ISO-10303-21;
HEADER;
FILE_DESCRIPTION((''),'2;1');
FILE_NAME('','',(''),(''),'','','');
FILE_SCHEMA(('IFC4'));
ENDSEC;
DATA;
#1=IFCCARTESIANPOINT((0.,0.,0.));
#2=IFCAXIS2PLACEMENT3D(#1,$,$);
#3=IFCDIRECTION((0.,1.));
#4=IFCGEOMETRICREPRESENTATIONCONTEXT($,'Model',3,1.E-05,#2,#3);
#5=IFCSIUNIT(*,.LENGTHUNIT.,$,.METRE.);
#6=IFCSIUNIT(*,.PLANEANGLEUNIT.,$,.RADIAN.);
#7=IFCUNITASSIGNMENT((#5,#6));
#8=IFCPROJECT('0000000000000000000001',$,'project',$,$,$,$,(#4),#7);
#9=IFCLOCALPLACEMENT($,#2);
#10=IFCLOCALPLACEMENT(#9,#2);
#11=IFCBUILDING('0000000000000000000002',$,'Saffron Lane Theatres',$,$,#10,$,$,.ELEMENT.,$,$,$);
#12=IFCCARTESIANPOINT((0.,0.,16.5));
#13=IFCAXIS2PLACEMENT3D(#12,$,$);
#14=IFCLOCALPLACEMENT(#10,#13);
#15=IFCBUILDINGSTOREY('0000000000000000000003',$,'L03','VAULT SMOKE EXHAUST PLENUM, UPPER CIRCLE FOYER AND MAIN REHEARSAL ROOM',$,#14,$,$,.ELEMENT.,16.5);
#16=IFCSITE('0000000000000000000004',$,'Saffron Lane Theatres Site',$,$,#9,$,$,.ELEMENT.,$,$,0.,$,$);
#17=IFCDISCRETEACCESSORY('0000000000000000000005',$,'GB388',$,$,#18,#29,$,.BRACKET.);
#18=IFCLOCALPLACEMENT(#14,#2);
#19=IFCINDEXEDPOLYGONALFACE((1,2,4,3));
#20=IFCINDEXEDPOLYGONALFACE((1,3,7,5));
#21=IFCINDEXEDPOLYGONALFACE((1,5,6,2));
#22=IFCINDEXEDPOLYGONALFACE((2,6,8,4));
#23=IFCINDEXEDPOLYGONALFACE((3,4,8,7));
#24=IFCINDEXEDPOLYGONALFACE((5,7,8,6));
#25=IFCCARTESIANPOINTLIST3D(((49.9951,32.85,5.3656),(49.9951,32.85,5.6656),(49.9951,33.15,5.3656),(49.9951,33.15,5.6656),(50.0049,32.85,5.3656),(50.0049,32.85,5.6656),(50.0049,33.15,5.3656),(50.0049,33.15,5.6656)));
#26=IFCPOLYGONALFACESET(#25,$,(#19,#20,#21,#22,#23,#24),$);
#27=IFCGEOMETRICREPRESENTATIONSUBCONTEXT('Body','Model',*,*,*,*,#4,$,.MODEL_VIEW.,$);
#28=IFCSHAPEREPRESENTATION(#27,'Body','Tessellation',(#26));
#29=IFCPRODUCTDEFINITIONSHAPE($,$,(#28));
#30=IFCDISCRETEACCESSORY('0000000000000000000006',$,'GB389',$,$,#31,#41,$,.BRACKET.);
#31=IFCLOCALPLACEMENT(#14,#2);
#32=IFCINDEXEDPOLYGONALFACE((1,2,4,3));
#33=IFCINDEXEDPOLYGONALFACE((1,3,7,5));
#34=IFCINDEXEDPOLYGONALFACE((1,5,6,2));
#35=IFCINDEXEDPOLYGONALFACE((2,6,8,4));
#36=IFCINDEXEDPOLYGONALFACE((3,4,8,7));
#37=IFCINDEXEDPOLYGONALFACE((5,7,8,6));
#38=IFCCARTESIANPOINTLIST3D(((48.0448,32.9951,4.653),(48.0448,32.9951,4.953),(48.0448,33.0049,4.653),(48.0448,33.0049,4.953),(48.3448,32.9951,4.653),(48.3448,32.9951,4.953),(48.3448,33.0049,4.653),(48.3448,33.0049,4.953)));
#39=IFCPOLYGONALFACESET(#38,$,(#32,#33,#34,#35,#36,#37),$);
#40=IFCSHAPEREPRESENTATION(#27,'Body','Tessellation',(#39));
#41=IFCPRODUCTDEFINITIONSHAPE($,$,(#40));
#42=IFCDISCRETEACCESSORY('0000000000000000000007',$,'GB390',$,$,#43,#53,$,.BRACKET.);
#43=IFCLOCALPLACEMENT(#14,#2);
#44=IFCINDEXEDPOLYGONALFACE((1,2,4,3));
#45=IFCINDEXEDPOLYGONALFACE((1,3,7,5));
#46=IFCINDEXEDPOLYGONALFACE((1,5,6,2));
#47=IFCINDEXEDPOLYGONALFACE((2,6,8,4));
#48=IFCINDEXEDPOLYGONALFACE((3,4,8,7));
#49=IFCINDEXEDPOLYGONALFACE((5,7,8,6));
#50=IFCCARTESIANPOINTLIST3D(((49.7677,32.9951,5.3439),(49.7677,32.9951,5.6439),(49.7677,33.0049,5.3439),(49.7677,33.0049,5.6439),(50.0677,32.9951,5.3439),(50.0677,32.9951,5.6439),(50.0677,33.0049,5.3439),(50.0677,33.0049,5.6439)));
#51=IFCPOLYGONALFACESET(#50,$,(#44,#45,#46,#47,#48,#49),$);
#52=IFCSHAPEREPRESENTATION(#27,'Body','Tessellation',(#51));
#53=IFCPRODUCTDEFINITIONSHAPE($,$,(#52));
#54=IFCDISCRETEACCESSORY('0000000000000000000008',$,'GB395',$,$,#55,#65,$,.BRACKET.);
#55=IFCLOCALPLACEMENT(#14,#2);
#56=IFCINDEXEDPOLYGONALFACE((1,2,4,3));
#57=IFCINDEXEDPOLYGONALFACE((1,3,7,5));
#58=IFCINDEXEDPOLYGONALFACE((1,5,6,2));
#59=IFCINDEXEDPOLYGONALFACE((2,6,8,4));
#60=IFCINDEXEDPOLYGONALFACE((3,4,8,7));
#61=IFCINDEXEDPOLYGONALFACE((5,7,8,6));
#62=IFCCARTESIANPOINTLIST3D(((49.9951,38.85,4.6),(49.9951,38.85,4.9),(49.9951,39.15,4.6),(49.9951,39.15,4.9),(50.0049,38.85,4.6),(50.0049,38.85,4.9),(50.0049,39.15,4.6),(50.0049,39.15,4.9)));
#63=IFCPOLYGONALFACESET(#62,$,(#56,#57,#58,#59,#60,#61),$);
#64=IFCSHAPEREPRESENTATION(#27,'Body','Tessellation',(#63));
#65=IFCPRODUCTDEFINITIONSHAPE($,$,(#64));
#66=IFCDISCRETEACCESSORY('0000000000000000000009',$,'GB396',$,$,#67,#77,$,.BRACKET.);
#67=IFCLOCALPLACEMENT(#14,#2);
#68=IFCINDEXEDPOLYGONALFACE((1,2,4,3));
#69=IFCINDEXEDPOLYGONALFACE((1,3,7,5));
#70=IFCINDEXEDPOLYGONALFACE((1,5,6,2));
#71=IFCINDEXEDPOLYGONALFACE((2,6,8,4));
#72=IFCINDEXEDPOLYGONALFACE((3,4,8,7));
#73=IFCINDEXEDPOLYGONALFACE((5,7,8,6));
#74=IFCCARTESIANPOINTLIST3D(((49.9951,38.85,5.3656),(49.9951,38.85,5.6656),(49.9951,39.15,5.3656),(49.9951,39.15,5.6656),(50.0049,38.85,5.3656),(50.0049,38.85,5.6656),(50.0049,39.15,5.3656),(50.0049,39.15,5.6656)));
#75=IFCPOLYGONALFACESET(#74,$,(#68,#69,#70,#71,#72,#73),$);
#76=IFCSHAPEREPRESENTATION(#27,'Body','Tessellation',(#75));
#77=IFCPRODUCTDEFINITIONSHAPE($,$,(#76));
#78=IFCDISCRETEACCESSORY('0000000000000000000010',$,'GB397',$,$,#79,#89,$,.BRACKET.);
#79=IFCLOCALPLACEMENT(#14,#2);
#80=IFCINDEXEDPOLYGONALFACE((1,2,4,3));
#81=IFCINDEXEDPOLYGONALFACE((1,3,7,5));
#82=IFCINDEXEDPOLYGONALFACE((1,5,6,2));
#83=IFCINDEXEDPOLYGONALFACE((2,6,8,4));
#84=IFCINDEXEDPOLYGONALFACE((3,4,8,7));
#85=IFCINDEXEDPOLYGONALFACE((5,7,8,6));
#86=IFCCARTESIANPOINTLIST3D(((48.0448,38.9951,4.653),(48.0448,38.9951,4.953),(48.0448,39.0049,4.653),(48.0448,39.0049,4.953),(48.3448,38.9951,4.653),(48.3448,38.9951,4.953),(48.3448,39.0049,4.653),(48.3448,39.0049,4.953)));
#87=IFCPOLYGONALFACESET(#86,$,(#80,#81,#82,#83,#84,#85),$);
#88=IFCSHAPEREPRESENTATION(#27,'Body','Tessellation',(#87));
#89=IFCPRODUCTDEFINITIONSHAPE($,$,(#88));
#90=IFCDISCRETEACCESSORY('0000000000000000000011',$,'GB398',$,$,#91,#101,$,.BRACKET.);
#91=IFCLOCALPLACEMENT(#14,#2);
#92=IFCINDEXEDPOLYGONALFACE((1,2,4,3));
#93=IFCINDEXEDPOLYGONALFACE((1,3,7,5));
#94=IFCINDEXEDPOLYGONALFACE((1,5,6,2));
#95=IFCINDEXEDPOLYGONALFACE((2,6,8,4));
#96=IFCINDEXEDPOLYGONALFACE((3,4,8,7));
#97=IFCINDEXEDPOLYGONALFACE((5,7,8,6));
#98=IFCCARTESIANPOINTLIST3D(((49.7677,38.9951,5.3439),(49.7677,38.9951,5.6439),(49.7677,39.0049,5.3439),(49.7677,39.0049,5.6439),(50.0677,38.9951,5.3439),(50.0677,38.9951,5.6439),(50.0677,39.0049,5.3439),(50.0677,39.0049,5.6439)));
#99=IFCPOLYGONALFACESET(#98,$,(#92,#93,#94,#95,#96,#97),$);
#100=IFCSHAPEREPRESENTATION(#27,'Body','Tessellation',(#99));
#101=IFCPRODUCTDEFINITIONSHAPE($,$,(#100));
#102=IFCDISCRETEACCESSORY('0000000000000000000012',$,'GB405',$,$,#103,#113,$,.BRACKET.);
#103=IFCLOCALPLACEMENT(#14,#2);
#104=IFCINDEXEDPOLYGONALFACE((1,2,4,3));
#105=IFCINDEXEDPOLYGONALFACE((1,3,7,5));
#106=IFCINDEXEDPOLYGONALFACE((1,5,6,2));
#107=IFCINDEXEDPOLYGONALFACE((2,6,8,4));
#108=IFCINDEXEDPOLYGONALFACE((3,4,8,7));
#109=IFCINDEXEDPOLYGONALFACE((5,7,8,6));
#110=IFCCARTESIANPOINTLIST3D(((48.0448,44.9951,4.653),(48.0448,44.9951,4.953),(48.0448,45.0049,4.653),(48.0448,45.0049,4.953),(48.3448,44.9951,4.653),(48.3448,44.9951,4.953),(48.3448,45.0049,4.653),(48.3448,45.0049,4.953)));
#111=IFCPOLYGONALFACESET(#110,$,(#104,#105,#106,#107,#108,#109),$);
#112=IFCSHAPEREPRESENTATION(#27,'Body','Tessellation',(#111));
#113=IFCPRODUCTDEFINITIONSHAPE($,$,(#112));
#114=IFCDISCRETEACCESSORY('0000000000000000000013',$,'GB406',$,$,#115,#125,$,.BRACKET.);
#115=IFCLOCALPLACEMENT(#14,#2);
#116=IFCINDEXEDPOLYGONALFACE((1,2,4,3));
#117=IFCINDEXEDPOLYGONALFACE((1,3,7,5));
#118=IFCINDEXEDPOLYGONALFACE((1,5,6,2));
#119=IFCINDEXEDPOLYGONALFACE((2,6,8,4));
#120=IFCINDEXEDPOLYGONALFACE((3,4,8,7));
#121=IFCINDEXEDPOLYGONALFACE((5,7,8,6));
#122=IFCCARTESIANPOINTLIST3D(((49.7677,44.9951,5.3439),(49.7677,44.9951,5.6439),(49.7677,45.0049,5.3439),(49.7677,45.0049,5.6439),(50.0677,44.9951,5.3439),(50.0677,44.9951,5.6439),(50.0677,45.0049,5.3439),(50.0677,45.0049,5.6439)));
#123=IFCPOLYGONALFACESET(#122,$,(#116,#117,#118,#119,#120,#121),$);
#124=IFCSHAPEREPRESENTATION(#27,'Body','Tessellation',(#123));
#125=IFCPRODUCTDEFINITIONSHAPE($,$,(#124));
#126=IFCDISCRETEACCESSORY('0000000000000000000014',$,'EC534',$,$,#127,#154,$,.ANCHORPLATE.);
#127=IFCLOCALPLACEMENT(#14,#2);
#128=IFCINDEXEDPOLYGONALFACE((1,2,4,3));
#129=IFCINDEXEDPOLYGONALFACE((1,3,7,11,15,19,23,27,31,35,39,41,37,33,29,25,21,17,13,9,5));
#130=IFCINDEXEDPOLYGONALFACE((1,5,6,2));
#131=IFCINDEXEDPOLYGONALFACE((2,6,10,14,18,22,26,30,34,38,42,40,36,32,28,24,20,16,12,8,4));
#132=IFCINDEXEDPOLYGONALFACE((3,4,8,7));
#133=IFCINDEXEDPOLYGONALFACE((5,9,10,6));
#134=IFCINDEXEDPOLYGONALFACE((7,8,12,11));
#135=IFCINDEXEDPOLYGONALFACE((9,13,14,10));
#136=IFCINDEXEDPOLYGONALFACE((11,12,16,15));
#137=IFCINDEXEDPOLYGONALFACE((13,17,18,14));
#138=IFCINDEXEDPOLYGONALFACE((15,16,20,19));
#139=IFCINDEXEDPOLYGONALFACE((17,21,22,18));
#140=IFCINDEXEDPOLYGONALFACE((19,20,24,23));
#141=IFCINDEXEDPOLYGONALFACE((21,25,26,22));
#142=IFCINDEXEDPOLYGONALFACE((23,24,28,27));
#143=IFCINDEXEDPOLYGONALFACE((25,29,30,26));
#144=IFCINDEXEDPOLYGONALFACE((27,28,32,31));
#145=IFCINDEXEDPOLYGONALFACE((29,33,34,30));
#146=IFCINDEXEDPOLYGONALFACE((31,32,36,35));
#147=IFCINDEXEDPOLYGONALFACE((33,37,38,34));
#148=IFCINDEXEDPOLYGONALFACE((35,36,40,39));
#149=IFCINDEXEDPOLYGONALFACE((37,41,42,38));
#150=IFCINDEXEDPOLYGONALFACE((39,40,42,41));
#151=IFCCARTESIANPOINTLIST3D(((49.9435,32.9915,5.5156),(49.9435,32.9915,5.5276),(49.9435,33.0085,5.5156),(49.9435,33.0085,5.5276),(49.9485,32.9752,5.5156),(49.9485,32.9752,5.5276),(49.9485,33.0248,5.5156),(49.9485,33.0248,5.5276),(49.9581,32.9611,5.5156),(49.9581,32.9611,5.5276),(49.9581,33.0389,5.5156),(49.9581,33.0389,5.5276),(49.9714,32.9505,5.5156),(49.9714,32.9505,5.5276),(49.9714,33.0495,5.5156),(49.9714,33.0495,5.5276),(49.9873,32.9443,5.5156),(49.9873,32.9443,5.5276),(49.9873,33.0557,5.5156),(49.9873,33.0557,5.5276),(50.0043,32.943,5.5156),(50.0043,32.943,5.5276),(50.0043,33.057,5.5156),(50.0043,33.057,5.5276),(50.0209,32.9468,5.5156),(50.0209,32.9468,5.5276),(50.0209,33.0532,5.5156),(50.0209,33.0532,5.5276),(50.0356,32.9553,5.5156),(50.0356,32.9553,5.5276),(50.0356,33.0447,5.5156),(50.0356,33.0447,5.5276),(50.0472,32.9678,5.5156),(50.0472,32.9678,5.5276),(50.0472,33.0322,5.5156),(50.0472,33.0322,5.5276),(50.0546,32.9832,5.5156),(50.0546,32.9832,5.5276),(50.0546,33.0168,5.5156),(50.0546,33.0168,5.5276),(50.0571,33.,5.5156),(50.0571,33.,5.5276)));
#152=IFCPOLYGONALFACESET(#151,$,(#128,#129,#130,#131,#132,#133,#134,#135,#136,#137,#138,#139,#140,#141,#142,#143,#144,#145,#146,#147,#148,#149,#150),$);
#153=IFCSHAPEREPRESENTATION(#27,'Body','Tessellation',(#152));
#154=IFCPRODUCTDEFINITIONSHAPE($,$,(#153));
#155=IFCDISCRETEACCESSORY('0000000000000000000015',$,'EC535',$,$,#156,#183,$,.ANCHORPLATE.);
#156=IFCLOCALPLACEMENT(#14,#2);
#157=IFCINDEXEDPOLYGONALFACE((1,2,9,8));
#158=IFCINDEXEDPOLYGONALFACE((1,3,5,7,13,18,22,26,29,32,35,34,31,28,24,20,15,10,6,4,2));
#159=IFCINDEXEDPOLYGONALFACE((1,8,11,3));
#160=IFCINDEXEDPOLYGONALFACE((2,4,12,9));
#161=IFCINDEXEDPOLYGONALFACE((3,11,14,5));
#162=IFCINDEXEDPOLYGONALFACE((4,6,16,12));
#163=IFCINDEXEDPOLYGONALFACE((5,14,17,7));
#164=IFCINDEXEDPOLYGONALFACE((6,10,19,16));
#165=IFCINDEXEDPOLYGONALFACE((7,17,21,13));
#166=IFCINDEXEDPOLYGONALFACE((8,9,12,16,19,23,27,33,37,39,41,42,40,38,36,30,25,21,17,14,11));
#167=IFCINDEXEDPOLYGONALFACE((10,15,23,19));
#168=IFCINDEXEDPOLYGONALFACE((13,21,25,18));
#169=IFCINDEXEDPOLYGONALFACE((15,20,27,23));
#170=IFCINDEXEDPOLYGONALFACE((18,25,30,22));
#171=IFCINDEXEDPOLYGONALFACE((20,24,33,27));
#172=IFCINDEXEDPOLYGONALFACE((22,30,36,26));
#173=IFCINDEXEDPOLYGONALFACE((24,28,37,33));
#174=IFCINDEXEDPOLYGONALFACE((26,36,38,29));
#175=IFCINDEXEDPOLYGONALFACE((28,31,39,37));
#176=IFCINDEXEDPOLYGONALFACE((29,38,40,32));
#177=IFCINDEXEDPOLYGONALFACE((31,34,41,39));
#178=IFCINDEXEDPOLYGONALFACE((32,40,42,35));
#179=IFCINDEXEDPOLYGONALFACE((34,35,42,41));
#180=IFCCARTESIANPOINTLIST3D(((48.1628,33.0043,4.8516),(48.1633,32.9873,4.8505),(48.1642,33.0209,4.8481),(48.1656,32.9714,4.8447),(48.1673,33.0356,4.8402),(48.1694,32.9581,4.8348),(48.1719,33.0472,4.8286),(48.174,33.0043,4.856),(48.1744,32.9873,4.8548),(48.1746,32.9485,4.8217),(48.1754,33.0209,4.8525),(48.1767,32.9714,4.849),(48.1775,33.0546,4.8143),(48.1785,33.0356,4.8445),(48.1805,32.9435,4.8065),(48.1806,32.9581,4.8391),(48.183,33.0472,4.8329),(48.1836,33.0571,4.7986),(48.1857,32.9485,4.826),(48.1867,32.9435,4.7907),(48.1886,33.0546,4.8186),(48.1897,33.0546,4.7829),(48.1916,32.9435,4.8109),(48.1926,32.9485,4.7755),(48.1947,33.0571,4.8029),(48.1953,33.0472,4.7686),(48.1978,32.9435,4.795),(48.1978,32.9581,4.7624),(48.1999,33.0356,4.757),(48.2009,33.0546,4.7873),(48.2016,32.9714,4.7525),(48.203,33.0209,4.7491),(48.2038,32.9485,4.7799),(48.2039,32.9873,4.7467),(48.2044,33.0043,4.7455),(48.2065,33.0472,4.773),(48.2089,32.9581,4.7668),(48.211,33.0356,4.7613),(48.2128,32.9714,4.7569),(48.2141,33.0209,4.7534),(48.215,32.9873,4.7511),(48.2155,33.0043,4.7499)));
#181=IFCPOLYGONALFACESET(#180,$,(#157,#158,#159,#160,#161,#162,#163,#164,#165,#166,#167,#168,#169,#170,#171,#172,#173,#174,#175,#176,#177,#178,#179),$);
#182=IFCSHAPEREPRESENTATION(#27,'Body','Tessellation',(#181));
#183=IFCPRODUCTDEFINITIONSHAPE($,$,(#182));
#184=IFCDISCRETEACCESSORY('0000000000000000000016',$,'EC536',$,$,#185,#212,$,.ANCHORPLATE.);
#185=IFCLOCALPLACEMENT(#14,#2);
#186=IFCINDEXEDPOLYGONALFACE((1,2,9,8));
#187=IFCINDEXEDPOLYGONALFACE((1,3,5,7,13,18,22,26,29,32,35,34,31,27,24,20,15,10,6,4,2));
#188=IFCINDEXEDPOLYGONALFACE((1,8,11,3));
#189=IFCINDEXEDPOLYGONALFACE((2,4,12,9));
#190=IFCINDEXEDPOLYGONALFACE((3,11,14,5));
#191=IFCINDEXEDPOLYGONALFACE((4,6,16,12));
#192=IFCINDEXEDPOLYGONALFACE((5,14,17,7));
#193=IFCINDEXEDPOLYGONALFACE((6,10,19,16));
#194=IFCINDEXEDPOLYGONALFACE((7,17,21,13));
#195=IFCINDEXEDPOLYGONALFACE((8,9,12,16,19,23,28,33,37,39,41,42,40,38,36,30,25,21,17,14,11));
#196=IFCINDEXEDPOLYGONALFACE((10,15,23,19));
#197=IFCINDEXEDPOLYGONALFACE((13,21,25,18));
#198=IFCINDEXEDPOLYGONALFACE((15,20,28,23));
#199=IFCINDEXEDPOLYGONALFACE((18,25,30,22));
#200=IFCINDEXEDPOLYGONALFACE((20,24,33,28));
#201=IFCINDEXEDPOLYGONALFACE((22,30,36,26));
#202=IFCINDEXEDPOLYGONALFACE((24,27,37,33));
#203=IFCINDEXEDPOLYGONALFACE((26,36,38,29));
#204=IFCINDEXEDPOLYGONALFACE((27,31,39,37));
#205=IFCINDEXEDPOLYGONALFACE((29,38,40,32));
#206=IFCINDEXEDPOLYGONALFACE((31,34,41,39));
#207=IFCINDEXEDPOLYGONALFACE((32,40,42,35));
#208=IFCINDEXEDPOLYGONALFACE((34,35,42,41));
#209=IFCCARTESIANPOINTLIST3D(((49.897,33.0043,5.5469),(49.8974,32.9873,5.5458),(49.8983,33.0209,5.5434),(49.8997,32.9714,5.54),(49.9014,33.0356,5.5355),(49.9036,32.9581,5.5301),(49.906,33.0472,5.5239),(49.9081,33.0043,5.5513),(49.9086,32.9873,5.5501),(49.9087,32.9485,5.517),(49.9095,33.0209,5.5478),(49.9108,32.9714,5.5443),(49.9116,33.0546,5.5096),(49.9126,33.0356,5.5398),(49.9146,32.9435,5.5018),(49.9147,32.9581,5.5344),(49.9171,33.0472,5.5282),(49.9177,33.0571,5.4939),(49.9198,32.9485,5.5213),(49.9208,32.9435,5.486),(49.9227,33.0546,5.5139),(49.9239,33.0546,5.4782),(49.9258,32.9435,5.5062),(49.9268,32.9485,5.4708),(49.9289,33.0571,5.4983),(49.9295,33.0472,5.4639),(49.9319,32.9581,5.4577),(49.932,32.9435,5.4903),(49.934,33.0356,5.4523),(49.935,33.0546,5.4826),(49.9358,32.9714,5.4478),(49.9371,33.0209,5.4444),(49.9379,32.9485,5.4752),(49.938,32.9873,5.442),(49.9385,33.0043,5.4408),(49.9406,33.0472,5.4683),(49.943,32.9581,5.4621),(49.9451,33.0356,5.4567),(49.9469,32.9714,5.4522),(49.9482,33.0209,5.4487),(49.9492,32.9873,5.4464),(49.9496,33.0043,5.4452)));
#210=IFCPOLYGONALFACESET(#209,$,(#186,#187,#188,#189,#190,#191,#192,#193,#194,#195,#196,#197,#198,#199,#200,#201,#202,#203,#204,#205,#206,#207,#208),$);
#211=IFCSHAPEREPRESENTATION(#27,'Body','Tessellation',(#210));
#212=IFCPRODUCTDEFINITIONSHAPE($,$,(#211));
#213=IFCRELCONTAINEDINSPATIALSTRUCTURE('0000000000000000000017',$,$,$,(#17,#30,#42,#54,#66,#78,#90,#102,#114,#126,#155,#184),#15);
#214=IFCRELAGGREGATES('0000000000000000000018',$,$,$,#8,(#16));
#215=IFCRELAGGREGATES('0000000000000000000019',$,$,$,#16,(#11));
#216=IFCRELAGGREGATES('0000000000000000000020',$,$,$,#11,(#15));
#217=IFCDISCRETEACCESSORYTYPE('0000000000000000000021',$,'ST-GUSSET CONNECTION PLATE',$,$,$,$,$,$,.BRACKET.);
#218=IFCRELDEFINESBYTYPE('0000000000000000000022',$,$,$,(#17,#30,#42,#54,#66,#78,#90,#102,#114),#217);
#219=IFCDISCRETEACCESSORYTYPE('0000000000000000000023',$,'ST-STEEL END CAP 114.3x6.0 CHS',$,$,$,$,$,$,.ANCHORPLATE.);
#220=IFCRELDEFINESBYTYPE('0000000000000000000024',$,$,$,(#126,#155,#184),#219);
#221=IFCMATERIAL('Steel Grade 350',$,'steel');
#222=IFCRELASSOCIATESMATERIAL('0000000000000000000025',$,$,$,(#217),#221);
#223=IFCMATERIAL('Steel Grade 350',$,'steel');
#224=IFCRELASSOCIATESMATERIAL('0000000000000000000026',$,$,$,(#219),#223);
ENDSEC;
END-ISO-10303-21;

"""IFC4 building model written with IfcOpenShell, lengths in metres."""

from ifc_helpers import new_model, si_unit, direction, frame, origin, origin_2d, place, context, subcontext, project, spatial, rectangle, circle, extrude, material, material_profile, profile_set, type_object, element, save


model = new_model("IFC4")

# Units and contexts
model_context = context("Model", 3, precision=1e-05, world=origin(), true_north=direction((0.0, 1.0)))
body_context = subcontext(model_context, "Body", "Model", "MODEL_VIEW")
ifc_project = project(units=[si_unit("LENGTHUNIT", "METRE"), si_unit("PLANEANGLEUNIT", "RADIAN")], contexts=[model_context])

# Site, building, storey
site_placement = place(None, origin())
site = spatial("IfcSite", under=ifc_project, at=site_placement, Name="Saffron Lane Theatres Site", CompositionType="ELEMENT", RefElevation=0.0)
building_placement = place(site_placement, origin())
building = spatial("IfcBuilding", under=site, at=building_placement, Name="Saffron Lane Theatres", CompositionType="ELEMENT")
storey_placement = place(building_placement, frame((0.0, 0.0, 16.5)))
storey = spatial("IfcBuildingStorey", under=building, at=storey_placement, Name="L03", Description="VAULT SMOKE EXHAUST PLENUM, UPPER CIRCLE FOYER AND MAIN REHEARSAL ROOM", CompositionType="ELEMENT", Elevation=16.5)

# Discrete accessories
ifc_material_1 = material(Name="Steel Grade 350", Category="steel")
ifc_material_profile_1 = material_profile(ifc_material_1, rectangle(XDim=0.3, YDim=0.3, at=origin_2d()))
ifc_profile_set_1 = profile_set([ifc_material_profile_1], Name="Steel Grade 350")
discrete_accessory_type_1 = type_object("IfcDiscreteAccessoryType", Name="ST-GUSSET CONNECTION PLATE", PredefinedType="BRACKET", material=ifc_profile_set_1)
for number, where, z_axis, x_axis, name in (
    (1, (49.9951, 33.0, 5.5156), (1.0, 0.0, 0.0), (0.0, 1.0, 0.0), "GB388"),
    (2, (48.1948, 32.9951, 4.803), (0.0, 1.0, 0.0), (-1.0, 0.0, 0.0), "GB389"),
    (3, (49.9177, 32.9951, 5.4939), (0.0, 1.0, 0.0), (-1.0, 0.0, 0.0), "GB390"),
    (4, (49.9951, 39.0, 4.75), (1.0, 0.0, 0.0), (0.0, 1.0, 0.0), "GB395"),
    (5, (49.9951, 39.0, 5.5156), (1.0, 0.0, 0.0), (0.0, 1.0, 0.0), "GB396"),
    (6, (48.1948, 38.9951, 4.803), (0.0, 1.0, 0.0), (-1.0, 0.0, 0.0), "GB397"),
    (7, (49.9177, 38.9951, 5.4939), (0.0, 1.0, 0.0), (-1.0, 0.0, 0.0), "GB398"),
    (8, (48.1948, 44.9951, 4.803), (0.0, 1.0, 0.0), (-1.0, 0.0, 0.0), "GB405"),
    (9, (49.9177, 44.9951, 5.4939), (0.0, 1.0, 0.0), (-1.0, 0.0, 0.0), "GB406"),
):
    element("IfcDiscreteAccessory", number, at=place(storey_placement, frame(where, z_axis=z_axis, x_axis=x_axis)), inside=storey, type_object=discrete_accessory_type_1, Name=name, PredefinedType="BRACKET", context=body_context, shape_type="SweptSolid", body=[
        extrude(rectangle(XDim=0.3, YDim=0.3, at=origin_2d()), origin(), (0.0, 0.0, 1.0), 0.0098),
    ])
ifc_material_2 = material(Name="Steel Grade 350", Category="steel")
ifc_material_profile_2 = material_profile(ifc_material_2, circle(Radius=0.0571, at=origin_2d()))
ifc_profile_set_2 = profile_set([ifc_material_profile_2], Name="Steel Grade 350")
discrete_accessory_type_2 = type_object("IfcDiscreteAccessoryType", Name="ST-STEEL END CAP 114.3x6.0 CHS", PredefinedType="ANCHORPLATE", material=ifc_profile_set_2)
for number, where, z_axis, x_axis, name in (
    (10, (50.0, 33.0, 5.5156), (0.0, 0.0, 1.0), (1.0, 0.0, 0.0), "EC534"),
    (11, (48.1836, 33.0, 4.7986), (0.931243, 0.0, 0.364399), (0.0, 1.0, 0.0), "EC535"),
    (12, (49.9177, 33.0, 5.4939), (0.931243, 0.0, 0.364399), (0.0, 1.0, 0.0), "EC536"),
):
    element("IfcDiscreteAccessory", number, at=place(storey_placement, frame(where, z_axis=z_axis, x_axis=x_axis)), inside=storey, type_object=discrete_accessory_type_2, Name=name, PredefinedType="ANCHORPLATE", context=body_context, shape_type="SweptSolid", body=[
        extrude(circle(Radius=0.0571, at=origin_2d()), origin(), (0.0, 0.0, 1.0), 0.012),
    ])

save(model, "model.ifc")
